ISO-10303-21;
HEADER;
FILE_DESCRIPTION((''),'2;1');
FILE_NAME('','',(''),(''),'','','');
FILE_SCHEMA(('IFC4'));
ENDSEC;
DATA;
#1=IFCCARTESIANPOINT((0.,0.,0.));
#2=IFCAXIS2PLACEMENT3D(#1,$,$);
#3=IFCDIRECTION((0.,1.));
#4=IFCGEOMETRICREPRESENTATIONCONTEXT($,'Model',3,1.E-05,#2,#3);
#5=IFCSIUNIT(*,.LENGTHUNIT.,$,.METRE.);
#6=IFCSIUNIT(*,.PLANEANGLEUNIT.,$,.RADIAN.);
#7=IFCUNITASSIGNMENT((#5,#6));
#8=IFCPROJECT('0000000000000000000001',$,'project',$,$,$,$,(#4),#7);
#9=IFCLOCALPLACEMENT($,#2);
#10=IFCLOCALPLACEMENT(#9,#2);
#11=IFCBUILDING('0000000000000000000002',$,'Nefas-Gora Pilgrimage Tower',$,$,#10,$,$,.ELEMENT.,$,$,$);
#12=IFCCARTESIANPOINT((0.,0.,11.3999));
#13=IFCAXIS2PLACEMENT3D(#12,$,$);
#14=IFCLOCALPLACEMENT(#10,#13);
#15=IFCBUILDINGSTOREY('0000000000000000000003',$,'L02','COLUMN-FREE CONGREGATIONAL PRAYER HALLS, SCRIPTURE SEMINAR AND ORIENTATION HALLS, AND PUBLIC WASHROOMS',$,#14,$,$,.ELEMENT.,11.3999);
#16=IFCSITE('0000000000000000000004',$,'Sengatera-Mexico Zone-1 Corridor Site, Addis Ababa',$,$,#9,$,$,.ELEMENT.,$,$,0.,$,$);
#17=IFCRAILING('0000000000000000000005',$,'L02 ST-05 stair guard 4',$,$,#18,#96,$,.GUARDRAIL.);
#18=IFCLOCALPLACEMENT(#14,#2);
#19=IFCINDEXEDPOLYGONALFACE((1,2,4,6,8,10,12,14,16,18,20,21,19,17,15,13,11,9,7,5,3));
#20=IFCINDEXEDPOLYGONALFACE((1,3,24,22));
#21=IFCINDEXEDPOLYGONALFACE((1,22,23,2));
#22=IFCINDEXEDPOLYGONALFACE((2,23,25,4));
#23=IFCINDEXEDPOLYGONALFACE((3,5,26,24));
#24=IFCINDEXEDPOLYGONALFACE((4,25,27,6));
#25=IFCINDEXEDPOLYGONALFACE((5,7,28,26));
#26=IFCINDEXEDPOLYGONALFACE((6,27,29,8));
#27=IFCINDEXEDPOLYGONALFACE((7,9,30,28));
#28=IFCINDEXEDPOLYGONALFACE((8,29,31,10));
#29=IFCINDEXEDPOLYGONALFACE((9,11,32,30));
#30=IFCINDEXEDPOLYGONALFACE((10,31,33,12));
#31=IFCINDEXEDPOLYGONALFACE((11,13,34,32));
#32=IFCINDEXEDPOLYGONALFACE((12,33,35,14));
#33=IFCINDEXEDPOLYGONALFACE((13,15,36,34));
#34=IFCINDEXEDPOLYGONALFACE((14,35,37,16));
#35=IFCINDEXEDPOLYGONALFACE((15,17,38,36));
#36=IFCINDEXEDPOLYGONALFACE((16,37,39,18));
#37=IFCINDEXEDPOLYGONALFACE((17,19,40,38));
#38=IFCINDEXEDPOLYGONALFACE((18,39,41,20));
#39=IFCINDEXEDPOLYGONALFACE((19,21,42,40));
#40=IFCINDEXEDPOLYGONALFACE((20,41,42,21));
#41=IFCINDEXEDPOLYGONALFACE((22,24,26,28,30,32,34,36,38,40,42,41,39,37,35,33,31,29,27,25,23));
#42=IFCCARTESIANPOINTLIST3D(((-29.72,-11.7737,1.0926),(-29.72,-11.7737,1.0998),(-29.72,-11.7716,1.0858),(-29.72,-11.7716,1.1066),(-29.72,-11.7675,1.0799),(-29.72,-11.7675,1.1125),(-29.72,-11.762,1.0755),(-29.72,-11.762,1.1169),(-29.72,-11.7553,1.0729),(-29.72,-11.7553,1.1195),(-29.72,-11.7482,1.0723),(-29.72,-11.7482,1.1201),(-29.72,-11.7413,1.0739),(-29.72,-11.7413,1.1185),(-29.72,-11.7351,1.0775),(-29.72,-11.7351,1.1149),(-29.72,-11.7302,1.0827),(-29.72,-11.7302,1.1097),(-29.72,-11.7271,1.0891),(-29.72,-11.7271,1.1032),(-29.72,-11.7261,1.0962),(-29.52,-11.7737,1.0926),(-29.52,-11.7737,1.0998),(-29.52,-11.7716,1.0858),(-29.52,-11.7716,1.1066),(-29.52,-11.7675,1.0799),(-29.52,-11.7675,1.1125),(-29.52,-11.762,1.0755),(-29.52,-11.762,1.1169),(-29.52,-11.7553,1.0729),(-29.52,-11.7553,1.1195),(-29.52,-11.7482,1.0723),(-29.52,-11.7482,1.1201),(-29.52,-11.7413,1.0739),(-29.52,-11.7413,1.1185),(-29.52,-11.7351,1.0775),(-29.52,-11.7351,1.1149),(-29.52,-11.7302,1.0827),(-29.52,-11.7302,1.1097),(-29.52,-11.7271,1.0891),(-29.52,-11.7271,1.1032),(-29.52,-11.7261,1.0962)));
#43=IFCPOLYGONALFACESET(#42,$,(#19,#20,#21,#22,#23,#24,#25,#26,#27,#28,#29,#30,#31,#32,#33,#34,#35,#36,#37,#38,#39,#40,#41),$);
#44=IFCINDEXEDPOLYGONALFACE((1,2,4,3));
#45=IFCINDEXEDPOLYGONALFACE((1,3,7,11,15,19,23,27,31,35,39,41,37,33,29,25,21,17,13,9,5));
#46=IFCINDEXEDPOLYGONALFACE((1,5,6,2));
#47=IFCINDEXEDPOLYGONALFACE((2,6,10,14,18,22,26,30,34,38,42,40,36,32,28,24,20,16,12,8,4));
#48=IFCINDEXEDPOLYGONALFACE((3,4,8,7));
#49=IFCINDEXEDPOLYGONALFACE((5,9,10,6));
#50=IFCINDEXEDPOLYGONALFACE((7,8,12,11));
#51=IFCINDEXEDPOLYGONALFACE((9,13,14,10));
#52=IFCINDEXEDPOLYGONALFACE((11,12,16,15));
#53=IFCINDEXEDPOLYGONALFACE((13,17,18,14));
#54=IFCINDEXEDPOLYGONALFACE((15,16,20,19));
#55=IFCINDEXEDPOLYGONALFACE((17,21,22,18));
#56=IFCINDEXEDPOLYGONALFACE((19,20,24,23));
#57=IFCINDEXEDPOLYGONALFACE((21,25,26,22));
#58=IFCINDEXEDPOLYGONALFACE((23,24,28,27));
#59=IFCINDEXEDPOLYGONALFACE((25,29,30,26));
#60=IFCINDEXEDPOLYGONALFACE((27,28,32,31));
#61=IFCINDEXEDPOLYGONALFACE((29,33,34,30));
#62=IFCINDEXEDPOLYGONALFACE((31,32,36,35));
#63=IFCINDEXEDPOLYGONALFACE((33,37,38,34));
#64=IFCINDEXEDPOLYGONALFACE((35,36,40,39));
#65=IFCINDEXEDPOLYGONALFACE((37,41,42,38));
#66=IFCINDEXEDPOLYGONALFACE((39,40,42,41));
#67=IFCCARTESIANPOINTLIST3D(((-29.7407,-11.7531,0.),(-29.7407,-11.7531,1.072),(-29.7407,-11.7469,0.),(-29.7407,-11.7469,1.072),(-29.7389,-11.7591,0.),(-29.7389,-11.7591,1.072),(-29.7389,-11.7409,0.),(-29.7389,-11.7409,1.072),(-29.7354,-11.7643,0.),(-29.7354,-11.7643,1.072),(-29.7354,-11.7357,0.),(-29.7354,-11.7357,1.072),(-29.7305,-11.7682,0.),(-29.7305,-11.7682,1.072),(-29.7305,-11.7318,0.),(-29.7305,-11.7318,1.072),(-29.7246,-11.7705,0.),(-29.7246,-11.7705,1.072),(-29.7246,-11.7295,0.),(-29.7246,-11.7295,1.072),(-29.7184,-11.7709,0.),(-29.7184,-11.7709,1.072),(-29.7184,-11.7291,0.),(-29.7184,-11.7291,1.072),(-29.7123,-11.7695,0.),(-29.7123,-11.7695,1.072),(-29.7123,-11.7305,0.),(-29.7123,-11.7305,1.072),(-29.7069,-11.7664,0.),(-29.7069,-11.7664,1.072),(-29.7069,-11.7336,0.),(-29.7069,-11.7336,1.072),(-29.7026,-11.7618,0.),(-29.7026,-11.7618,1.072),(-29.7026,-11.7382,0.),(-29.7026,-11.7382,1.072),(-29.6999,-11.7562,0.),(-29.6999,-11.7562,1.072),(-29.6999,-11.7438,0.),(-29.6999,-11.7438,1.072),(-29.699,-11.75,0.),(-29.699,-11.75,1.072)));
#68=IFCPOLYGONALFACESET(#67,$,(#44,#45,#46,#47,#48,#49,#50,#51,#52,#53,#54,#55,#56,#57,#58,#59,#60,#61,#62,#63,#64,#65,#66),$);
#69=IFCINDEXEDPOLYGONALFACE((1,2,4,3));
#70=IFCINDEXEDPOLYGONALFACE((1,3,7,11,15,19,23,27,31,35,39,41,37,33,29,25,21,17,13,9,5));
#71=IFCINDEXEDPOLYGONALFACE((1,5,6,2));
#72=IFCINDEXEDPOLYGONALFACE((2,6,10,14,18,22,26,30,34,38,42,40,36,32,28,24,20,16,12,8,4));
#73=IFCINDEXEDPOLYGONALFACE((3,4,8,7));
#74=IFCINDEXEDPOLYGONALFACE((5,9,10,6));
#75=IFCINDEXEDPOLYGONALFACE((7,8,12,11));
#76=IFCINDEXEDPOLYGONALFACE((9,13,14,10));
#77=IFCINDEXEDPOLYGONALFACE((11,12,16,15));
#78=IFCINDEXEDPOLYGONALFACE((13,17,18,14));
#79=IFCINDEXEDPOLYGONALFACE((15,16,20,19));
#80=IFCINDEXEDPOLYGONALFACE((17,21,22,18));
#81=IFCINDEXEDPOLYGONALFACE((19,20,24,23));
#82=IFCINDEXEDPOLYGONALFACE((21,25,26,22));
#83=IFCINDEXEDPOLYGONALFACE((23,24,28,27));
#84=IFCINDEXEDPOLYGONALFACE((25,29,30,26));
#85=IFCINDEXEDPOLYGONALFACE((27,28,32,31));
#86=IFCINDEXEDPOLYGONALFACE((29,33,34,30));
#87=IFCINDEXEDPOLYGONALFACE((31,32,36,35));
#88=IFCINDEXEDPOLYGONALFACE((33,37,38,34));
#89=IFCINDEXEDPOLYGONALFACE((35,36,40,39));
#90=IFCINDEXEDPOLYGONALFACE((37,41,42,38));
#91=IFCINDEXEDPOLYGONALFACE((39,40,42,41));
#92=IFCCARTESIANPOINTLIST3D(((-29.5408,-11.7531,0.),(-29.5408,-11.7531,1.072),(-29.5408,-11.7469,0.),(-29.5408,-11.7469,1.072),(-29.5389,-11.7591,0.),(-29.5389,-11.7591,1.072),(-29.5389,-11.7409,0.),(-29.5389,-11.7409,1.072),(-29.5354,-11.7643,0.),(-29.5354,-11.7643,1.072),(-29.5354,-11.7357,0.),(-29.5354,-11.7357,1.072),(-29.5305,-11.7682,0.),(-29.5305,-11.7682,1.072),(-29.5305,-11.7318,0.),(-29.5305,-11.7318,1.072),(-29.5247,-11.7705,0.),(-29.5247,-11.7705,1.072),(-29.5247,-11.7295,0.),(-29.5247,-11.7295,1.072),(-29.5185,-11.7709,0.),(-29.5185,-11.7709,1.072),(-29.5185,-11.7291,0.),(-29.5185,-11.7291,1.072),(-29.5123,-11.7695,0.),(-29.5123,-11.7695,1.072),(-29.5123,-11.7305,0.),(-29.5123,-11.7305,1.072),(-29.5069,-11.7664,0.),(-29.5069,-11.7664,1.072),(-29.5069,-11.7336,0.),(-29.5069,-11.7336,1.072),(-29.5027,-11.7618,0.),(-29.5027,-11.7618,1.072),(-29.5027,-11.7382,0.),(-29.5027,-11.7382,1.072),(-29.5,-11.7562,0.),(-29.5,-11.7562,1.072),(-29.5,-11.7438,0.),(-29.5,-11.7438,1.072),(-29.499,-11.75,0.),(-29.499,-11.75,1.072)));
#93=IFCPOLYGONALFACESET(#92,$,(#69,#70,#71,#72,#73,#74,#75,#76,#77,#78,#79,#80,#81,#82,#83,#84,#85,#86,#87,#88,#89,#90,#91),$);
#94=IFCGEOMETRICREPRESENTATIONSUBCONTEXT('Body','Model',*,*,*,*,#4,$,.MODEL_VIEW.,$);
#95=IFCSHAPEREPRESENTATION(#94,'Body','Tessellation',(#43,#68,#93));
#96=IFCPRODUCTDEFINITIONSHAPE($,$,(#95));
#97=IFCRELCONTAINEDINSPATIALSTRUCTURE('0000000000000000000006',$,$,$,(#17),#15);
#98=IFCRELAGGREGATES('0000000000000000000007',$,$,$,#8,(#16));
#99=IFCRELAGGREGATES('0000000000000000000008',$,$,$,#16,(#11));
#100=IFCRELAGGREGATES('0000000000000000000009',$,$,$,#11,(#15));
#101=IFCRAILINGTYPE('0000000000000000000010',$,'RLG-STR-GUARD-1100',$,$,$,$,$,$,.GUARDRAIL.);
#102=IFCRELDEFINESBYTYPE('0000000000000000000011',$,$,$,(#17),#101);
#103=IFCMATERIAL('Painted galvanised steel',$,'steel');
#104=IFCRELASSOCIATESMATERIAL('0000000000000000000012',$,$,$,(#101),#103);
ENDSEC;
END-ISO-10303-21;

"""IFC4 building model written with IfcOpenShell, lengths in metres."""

from ifc_helpers import new_model, si_unit, direction, frame, origin, origin_2d, place, context, subcontext, project, spatial, circle, extrude, material, type_object, element, save


model = new_model("IFC4")

# Units and contexts
model_context = context("Model", 3, precision=1e-05, world=origin(), true_north=direction((0.0, 1.0)))
body_context = subcontext(model_context, "Body", "Model", "MODEL_VIEW")
ifc_project = project(units=[si_unit("LENGTHUNIT", "METRE"), si_unit("PLANEANGLEUNIT", "RADIAN")], contexts=[model_context])

# Site, building, storey
site_placement = place(None, origin())
site = spatial("IfcSite", under=ifc_project, at=site_placement, Name="Sengatera-Mexico Zone-1 Corridor Site, Addis Ababa", CompositionType="ELEMENT", RefElevation=0.0)
building_placement = place(site_placement, origin())
building = spatial("IfcBuilding", under=site, at=building_placement, Name="Nefas-Gora Pilgrimage Tower", CompositionType="ELEMENT")
storey_placement = place(building_placement, frame((0.0, 0.0, 11.3999)))
storey = spatial("IfcBuildingStorey", under=building, at=storey_placement, Name="L02", Description="COLUMN-FREE CONGREGATIONAL PRAYER HALLS, SCRIPTURE SEMINAR AND ORIENTATION HALLS, AND PUBLIC WASHROOMS", CompositionType="ELEMENT", Elevation=11.3999)

# Railing
ifc_material_1 = material(Name="Painted galvanised steel", Category="steel")
railing_type_1 = type_object("IfcRailingType", Name="RLG-STR-GUARD-1100", PredefinedType="GUARDRAIL", material=ifc_material_1)
railing_1_placement = place(storey_placement, frame((-29.72, -11.75, 0.0)))
element("IfcRailing", 1, at=railing_1_placement, inside=storey, type_object=railing_type_1, Name="L02 ST-05 stair guard 4", PredefinedType="GUARDRAIL", context=body_context, shape_type="SweptSolid", body=[
    extrude(circle(Radius=0.0239, at=origin_2d()), frame((0.0, 0.0, 1.0962), z_axis=(1.0, 0.0, 0.0), x_axis=(0.0, 1.0, 0.0)), (0.0, 0.0, 1.0), 0.2),
    extrude(circle(Radius=0.021, at=origin_2d()), origin(), (0.0, 0.0, 1.0), 1.072),
    extrude(circle(Radius=0.021, at=origin_2d()), frame((0.2, 0.0, 0.0)), (0.0, 0.0, 1.0), 1.072),
])

save(model, "model.ifc")
